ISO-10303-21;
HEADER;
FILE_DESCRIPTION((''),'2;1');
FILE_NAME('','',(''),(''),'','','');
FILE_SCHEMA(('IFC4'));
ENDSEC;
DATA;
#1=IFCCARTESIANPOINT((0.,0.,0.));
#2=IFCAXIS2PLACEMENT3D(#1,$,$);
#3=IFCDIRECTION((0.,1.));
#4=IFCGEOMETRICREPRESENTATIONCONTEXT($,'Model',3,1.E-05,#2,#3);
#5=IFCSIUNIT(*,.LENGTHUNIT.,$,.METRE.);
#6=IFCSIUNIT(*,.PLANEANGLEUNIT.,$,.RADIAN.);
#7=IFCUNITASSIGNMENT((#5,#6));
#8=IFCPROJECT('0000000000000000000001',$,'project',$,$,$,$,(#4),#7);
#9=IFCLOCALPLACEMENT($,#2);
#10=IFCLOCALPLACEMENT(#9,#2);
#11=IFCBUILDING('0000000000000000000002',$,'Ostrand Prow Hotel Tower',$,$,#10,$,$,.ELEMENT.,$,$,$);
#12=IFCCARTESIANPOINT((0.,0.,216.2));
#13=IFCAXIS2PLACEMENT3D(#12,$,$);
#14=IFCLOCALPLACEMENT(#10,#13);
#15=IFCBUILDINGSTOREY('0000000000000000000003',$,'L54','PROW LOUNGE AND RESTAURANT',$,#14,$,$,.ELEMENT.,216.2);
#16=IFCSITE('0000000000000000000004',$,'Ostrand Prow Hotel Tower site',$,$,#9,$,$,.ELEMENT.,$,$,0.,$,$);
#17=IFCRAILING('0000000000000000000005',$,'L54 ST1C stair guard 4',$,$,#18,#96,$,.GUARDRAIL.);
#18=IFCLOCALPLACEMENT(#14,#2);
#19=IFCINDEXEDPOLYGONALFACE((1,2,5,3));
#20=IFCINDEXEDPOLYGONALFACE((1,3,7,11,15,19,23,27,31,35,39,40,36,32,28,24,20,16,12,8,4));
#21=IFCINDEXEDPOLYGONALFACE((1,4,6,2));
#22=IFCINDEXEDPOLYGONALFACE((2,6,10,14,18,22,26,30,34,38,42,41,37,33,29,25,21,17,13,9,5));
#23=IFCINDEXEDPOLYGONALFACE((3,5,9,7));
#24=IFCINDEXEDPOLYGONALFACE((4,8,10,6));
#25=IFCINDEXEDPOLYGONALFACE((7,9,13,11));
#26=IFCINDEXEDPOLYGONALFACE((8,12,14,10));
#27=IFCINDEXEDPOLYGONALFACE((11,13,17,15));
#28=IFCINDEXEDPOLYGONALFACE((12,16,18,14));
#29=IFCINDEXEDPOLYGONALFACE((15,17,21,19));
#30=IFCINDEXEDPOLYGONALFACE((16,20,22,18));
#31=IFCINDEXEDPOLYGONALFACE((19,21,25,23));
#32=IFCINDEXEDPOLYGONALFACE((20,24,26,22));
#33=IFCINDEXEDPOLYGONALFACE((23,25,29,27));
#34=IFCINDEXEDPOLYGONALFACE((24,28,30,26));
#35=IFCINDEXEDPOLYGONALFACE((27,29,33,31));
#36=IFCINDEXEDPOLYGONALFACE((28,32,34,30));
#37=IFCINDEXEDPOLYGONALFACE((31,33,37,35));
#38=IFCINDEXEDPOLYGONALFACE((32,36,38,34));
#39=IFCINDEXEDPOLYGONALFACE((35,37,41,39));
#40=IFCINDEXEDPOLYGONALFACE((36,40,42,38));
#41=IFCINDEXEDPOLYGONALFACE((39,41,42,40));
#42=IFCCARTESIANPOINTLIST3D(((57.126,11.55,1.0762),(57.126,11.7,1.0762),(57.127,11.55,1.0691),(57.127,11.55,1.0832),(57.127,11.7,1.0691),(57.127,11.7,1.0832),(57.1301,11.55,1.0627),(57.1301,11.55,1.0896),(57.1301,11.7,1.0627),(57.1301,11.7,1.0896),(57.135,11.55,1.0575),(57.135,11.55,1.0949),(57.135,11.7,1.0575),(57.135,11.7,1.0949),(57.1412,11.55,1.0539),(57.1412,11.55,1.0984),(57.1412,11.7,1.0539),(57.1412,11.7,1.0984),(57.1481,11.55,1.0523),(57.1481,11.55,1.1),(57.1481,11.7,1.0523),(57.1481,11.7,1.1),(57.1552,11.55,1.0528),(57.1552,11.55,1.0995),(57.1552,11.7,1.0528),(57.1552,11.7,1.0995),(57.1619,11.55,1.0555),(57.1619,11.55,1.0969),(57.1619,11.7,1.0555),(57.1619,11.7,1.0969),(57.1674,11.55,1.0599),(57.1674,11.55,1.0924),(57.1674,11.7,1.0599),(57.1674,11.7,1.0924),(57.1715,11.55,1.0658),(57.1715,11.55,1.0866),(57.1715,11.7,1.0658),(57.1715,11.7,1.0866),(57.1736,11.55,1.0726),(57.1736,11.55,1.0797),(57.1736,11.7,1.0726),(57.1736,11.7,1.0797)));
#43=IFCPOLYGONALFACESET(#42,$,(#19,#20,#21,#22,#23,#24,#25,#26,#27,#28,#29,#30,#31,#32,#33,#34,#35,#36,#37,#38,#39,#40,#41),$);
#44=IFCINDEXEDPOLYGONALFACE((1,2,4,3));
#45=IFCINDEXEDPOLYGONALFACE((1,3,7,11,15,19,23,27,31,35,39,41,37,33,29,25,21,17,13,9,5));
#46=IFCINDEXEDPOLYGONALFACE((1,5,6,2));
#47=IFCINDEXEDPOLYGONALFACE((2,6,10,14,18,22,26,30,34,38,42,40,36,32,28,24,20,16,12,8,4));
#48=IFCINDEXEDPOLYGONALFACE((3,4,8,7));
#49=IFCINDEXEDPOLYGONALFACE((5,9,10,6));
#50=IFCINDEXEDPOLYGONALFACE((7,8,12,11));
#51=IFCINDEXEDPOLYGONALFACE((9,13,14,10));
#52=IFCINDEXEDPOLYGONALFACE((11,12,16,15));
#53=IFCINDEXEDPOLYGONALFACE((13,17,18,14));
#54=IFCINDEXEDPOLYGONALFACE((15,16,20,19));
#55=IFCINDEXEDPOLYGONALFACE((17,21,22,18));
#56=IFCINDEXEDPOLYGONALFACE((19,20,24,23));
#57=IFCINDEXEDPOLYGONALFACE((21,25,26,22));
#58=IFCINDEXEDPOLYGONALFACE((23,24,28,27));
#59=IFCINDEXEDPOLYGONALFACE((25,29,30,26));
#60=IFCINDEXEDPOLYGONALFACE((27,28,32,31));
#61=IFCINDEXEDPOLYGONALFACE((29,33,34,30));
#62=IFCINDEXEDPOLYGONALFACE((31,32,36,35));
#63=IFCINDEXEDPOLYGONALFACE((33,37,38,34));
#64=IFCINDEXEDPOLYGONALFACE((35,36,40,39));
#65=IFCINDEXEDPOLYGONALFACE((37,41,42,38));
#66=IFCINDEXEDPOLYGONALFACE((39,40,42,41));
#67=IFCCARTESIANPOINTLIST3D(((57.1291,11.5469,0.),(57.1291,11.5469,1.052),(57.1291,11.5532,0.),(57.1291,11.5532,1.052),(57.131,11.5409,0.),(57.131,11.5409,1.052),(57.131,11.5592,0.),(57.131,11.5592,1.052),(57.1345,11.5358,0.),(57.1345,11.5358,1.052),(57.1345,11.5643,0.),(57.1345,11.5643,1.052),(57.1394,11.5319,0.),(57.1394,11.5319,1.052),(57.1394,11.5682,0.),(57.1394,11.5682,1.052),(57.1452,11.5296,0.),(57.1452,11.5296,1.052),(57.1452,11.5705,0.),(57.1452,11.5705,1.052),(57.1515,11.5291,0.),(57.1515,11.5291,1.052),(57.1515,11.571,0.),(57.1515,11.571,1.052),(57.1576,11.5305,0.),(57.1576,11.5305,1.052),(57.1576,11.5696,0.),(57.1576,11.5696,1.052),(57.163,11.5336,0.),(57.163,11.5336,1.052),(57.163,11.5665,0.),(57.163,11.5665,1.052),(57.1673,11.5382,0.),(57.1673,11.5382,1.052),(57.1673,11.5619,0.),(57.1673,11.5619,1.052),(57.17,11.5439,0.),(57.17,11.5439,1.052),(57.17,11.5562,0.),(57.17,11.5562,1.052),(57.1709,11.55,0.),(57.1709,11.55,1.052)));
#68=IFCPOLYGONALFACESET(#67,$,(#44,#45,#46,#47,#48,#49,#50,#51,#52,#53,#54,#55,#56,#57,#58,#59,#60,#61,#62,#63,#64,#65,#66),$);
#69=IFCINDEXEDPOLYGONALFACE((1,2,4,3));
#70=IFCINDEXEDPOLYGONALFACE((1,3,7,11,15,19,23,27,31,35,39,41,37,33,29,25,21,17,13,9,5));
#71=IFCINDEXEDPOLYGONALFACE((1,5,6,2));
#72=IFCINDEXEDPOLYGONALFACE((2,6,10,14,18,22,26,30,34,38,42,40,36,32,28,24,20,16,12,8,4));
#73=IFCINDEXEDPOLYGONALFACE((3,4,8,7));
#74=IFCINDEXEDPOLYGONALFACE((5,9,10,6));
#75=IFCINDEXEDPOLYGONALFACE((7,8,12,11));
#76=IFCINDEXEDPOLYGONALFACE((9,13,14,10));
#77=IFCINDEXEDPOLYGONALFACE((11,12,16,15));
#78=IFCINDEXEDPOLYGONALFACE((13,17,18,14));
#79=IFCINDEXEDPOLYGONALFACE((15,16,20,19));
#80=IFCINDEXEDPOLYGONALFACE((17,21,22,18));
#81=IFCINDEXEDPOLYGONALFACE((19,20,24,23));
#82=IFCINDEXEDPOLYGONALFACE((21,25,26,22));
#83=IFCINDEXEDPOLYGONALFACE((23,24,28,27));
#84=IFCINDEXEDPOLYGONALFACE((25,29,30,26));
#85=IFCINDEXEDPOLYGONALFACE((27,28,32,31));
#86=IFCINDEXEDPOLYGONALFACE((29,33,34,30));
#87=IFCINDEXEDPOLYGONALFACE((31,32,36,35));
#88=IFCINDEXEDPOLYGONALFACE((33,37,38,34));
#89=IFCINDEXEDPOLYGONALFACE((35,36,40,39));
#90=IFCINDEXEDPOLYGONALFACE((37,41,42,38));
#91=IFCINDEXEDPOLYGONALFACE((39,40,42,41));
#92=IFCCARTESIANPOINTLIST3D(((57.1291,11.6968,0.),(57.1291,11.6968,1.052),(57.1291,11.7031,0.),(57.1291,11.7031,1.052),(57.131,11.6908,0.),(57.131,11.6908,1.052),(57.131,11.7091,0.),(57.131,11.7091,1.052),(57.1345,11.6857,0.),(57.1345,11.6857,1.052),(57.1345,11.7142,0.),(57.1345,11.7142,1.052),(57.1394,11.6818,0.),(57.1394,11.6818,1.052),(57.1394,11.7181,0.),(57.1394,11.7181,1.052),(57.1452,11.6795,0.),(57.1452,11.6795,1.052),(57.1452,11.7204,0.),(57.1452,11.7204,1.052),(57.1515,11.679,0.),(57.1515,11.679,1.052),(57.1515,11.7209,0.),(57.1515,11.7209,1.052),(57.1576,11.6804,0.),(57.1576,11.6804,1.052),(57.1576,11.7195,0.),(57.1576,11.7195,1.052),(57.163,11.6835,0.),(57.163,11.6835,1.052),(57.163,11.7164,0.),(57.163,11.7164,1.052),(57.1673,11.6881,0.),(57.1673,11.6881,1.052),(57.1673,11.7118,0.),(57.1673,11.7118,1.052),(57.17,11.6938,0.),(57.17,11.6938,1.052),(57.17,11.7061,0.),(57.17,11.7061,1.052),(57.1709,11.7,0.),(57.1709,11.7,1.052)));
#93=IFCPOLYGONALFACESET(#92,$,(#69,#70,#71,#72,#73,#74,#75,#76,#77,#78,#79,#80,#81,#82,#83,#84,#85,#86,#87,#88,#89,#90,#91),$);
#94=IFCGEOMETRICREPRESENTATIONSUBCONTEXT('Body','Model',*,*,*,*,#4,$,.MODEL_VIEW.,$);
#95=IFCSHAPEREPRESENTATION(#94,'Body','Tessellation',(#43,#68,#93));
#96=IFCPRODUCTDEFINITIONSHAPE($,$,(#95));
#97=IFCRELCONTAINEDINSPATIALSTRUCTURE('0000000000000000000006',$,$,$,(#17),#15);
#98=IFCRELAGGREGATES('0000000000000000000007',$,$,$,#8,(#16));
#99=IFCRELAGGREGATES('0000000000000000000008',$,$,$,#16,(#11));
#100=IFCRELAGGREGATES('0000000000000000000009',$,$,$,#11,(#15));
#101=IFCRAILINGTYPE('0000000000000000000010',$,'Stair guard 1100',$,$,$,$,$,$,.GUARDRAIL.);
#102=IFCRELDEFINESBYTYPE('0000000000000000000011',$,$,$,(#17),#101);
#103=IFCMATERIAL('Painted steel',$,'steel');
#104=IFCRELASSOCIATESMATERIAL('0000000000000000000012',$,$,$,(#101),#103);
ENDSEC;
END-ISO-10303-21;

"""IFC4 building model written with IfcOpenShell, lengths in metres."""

from ifc_helpers import new_model, si_unit, direction, frame, origin, origin_2d, place, context, subcontext, project, spatial, circle, extrude, material, type_object, element, save


model = new_model("IFC4")

# Units and contexts
model_context = context("Model", 3, precision=1e-05, world=origin(), true_north=direction((0.0, 1.0)))
body_context = subcontext(model_context, "Body", "Model", "MODEL_VIEW")
ifc_project = project(units=[si_unit("LENGTHUNIT", "METRE"), si_unit("PLANEANGLEUNIT", "RADIAN")], contexts=[model_context])

# Site, building, storey
site_placement = place(None, origin())
site = spatial("IfcSite", under=ifc_project, at=site_placement, Name="Ostrand Prow Hotel Tower site", CompositionType="ELEMENT", RefElevation=0.0)
building_placement = place(site_placement, origin())
building = spatial("IfcBuilding", under=site, at=building_placement, Name="Ostrand Prow Hotel Tower", CompositionType="ELEMENT")
storey_placement = place(building_placement, frame((0.0, 0.0, 216.2)))
storey = spatial("IfcBuildingStorey", under=building, at=storey_placement, Name="L54", Description="PROW LOUNGE AND RESTAURANT", CompositionType="ELEMENT", Elevation=216.2)

# Railing
ifc_material_1 = material(Name="Painted steel", Category="steel")
railing_type_1 = type_object("IfcRailingType", Name="Stair guard 1100", PredefinedType="GUARDRAIL", material=ifc_material_1)
railing_1_placement = place(storey_placement, frame((57.1499, 11.55, 0.0)))
element("IfcRailing", 1, at=railing_1_placement, inside=storey, type_object=railing_type_1, Name="L54 ST1C stair guard 4", PredefinedType="GUARDRAIL", context=body_context, shape_type="SweptSolid", body=[
    extrude(circle(Radius=0.0239, at=origin_2d()), frame((0.0, 0.0, 1.0762), z_axis=(0.0, 1.0, 0.0), x_axis=(-1.0, 0.0, 0.0)), (0.0, 0.0, 1.0), 0.1499),
    extrude(circle(Radius=0.021, at=origin_2d()), origin(), (0.0, 0.0, 1.0), 1.052),
    extrude(circle(Radius=0.021, at=origin_2d()), frame((0.0, 0.1499, 0.0)), (0.0, 0.0, 1.0), 1.052),
])

save(model, "model.ifc")
